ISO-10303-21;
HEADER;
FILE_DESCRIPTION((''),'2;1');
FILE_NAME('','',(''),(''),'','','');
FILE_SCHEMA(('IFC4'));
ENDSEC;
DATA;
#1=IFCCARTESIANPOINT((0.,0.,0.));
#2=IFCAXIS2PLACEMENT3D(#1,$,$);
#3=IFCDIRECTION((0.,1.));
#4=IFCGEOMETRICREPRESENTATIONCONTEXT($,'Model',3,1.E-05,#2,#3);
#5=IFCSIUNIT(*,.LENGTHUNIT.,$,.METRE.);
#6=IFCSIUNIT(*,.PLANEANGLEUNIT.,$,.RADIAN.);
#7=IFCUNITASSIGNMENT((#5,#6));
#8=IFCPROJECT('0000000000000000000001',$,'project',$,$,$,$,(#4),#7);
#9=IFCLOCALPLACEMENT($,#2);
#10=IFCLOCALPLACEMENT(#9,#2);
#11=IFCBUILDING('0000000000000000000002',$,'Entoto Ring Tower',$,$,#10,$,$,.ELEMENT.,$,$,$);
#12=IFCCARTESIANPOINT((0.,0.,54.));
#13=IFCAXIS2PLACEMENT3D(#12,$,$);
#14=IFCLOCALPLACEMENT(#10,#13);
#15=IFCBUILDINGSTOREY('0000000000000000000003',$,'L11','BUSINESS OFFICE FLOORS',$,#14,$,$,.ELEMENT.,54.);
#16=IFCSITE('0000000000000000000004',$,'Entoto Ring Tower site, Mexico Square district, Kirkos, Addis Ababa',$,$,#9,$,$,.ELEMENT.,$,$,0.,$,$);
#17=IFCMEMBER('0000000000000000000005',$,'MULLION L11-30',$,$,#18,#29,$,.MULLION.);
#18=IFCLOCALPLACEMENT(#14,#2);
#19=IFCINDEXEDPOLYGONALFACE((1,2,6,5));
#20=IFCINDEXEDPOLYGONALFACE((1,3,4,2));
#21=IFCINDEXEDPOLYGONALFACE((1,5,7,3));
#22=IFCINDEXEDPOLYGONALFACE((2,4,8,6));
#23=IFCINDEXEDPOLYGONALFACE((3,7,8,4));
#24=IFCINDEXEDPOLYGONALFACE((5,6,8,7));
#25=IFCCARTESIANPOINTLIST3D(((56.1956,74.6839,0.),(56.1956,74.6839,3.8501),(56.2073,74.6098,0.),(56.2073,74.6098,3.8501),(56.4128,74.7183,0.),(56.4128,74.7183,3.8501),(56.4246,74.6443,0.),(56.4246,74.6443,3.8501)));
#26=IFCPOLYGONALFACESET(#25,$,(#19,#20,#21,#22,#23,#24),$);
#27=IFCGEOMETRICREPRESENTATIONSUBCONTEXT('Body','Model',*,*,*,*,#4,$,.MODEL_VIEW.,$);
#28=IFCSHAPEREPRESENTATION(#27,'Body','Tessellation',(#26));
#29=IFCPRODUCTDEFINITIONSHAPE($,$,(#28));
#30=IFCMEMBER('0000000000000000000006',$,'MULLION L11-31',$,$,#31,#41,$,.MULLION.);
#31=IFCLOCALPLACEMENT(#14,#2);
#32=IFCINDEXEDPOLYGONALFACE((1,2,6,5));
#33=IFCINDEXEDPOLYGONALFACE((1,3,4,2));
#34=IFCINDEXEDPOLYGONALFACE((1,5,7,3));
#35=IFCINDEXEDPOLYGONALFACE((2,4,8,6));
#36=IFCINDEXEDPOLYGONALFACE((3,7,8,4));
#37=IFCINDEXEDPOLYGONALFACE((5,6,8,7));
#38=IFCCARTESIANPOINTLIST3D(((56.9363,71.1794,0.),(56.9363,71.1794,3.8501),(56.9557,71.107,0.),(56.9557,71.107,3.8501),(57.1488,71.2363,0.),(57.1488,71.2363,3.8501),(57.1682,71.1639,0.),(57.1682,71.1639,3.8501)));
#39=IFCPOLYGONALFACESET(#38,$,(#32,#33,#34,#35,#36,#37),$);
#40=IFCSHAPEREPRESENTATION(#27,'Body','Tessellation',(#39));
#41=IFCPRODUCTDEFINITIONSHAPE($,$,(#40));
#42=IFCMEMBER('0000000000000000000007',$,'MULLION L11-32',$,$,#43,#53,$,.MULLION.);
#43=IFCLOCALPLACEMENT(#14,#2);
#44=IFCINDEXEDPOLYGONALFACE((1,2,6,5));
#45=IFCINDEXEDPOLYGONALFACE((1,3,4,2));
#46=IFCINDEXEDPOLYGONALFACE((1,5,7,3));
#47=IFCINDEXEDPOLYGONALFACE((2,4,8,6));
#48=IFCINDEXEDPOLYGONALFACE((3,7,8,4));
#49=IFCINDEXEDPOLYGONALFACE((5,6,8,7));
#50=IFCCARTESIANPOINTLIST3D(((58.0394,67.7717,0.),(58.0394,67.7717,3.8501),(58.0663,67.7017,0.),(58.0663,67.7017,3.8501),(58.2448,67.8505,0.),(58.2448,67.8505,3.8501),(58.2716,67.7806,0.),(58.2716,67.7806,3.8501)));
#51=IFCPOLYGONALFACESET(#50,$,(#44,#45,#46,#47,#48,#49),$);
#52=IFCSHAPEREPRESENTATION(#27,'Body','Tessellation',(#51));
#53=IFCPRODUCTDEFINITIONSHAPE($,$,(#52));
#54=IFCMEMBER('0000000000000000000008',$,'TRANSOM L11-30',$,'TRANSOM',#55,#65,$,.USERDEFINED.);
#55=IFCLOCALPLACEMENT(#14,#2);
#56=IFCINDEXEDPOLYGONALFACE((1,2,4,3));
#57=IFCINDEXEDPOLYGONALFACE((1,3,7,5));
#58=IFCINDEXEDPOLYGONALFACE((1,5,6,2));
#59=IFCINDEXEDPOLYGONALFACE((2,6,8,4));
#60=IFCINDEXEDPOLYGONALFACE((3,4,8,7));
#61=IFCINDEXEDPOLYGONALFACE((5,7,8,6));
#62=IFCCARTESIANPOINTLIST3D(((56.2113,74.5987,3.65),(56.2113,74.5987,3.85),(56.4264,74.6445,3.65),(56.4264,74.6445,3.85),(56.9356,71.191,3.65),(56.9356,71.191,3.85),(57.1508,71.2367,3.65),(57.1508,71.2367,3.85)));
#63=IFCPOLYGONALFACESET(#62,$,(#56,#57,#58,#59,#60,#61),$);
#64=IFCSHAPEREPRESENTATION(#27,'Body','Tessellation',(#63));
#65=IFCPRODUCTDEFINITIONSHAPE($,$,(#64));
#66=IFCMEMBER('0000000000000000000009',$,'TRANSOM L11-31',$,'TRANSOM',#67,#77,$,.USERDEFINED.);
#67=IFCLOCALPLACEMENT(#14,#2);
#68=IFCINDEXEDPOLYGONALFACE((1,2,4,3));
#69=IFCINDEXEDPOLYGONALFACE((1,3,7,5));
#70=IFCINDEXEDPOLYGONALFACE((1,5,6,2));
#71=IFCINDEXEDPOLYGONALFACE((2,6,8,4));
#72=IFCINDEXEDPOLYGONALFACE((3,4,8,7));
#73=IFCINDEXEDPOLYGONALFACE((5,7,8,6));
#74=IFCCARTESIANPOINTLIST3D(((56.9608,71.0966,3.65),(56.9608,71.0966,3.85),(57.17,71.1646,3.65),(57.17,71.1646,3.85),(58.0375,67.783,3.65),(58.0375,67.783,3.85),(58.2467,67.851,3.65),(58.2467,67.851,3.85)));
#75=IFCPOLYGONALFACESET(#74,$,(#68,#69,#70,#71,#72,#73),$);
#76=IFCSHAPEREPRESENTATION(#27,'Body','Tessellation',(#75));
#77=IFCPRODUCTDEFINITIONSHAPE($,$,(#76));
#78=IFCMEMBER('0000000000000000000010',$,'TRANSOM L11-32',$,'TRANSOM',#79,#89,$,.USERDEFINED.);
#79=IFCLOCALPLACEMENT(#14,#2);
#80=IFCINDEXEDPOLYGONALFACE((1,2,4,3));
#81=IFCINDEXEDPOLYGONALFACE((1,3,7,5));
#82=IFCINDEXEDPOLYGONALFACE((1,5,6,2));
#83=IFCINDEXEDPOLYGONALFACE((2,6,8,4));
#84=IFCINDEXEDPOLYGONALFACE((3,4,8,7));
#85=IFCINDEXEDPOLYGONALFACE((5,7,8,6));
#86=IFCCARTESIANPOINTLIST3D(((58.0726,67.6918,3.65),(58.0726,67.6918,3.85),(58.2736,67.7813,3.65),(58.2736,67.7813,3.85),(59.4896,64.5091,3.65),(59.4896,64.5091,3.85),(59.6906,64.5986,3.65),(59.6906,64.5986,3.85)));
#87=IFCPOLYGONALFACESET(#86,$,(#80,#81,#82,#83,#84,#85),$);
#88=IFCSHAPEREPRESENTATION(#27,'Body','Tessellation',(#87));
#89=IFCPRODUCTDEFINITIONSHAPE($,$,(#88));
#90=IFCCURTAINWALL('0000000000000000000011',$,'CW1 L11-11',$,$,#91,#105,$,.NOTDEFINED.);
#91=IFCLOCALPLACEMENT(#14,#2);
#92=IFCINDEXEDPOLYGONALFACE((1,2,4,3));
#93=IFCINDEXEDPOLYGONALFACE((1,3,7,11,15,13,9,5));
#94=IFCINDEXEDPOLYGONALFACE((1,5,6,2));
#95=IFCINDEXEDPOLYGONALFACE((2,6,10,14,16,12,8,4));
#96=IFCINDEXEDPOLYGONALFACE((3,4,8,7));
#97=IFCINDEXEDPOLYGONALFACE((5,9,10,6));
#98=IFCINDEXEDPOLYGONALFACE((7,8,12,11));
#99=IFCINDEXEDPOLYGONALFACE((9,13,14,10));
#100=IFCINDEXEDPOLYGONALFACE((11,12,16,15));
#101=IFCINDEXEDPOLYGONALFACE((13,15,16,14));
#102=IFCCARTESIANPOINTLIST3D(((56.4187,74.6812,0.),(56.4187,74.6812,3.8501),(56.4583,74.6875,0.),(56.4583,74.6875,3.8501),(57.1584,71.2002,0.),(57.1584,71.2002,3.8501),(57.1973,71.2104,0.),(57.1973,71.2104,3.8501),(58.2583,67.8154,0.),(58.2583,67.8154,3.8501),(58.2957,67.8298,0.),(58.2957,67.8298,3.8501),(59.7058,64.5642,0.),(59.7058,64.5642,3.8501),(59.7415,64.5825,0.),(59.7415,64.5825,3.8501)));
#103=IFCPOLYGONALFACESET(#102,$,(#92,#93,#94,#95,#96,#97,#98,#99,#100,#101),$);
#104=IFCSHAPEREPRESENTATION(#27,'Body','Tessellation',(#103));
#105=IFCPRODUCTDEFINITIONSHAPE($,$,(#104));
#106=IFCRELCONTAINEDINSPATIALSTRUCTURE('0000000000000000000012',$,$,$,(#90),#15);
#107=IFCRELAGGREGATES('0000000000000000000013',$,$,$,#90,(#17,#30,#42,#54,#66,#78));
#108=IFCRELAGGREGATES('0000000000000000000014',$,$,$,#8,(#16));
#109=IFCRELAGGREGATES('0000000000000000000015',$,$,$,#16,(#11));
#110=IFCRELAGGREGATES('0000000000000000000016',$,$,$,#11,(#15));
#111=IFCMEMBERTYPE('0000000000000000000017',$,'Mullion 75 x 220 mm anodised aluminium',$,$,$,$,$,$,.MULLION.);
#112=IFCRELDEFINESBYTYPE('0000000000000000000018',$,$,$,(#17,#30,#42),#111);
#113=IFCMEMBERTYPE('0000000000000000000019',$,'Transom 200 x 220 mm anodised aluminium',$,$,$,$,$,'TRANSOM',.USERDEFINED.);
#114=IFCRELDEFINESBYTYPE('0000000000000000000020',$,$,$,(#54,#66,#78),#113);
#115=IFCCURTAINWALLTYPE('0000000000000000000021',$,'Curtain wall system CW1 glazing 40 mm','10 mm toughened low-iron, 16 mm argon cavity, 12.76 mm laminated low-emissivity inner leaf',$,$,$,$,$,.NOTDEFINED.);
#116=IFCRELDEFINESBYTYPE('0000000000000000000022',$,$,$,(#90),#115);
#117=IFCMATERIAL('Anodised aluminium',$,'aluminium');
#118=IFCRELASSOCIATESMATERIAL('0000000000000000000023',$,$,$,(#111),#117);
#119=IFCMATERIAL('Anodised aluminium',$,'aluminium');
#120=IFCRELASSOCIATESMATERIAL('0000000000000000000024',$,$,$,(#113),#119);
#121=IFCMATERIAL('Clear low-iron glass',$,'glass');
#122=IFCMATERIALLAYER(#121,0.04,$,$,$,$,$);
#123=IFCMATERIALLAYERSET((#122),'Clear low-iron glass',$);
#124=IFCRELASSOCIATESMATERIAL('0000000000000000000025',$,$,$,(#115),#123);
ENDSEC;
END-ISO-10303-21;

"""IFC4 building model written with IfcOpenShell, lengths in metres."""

from ifc_helpers import new_model, si_unit, direction, frame, origin, origin_2d, place, context, subcontext, project, spatial, polyline, rectangle, outline, extrude, material, layer, layer_set, material_profile, profile_set, type_object, element, aggregate, save


model = new_model("IFC4")

# Units and contexts
model_context = context("Model", 3, precision=1e-05, world=origin(), true_north=direction((0.0, 1.0)))
body_context = subcontext(model_context, "Body", "Model", "MODEL_VIEW")
ifc_project = project(units=[si_unit("LENGTHUNIT", "METRE"), si_unit("PLANEANGLEUNIT", "RADIAN")], contexts=[model_context])

# Members
ifc_material_1 = material(Name="Anodised aluminium", Category="aluminium")
ifc_material_profile_1 = material_profile(ifc_material_1, rectangle(XDim=0.075, YDim=0.22, at=origin_2d()), Name="Mullion 75 x 220 mm anodised aluminium")
ifc_profile_set_1 = profile_set([ifc_material_profile_1], Name="Anodised aluminium")
member_type_1 = type_object("IfcMemberType", Name="Mullion 75 x 220 mm anodised aluminium", PredefinedType="MULLION", material=ifc_profile_set_1)
site_placement = place(None, origin())
building_placement = place(site_placement, origin())
storey_placement = place(building_placement, frame((0.0, 0.0, 54.0)))
member_1_placement = place(storey_placement, frame((56.3101, 74.6641, 0.0), z_axis=(0.0, 0.0, 1.0), x_axis=(0.156434, -0.987688, 0.0)))
member_1 = element("IfcMember", 1, at=member_1_placement, type_object=member_type_1, Name="MULLION L11-30", PredefinedType="MULLION", context=body_context, shape_type="SweptSolid", body=[
    extrude(rectangle(XDim=0.075, YDim=0.22, at=origin_2d()), origin(), (0.0, 0.0, 1.0), 3.8501),
])
member_2_placement = place(storey_placement, frame((57.0522, 71.1716, 0.0), z_axis=(0.0, 0.0, 1.0), x_axis=(0.258819, -0.965926, 0.0)))
member_2 = element("IfcMember", 2, at=member_2_placement, type_object=member_type_1, Name="MULLION L11-31", PredefinedType="MULLION", context=body_context, shape_type="SweptSolid", body=[
    extrude(rectangle(XDim=0.075, YDim=0.22, at=origin_2d()), origin(), (0.0, 0.0, 1.0), 3.8501),
])
member_3_placement = place(storey_placement, frame((58.1555, 67.7761, 0.0), z_axis=(0.0, 0.0, 1.0), x_axis=(0.358368, -0.93358, 0.0)))
member_3 = element("IfcMember", 3, at=member_3_placement, type_object=member_type_1, Name="MULLION L11-32", PredefinedType="MULLION", context=body_context, shape_type="SweptSolid", body=[
    extrude(rectangle(XDim=0.075, YDim=0.22, at=origin_2d()), origin(), (0.0, 0.0, 1.0), 3.8501),
])
ifc_material_2 = material(Name="Anodised aluminium", Category="aluminium")
ifc_material_profile_2 = material_profile(ifc_material_2, rectangle(XDim=0.22, YDim=0.2, at=origin_2d()), Name="Transom 200 x 220 mm anodised aluminium")
ifc_profile_set_2 = profile_set([ifc_material_profile_2], Name="Anodised aluminium")
member_type_2 = type_object("IfcMemberType", Name="Transom 200 x 220 mm anodised aluminium", ElementType="TRANSOM", PredefinedType="USERDEFINED", material=ifc_profile_set_2)
member_4_placement = place(storey_placement, frame((56.3188, 74.6216, 3.75), z_axis=(0.207921, -0.978146, 0.0), x_axis=(0.978146, 0.207921, 0.0)))
member_4 = element("IfcMember", 4, at=member_4_placement, type_object=member_type_2, Name="TRANSOM L11-30", ObjectType="TRANSOM", PredefinedType="USERDEFINED", context=body_context, shape_type="SweptSolid", body=[
    extrude(rectangle(XDim=0.22, YDim=0.2, at=origin_2d()), origin(), (0.0, 0.0, 1.0), 3.4839),
])
member_5_placement = place(storey_placement, frame((57.0654, 71.1306, 3.75), z_axis=(0.309029, -0.951053, 0.0), x_axis=(0.951053, 0.309029, 0.0)))
member_5 = element("IfcMember", 5, at=member_5_placement, type_object=member_type_2, Name="TRANSOM L11-31", ObjectType="TRANSOM", PredefinedType="USERDEFINED", context=body_context, shape_type="SweptSolid", body=[
    extrude(rectangle(XDim=0.22, YDim=0.2, at=origin_2d()), origin(), (0.0, 0.0, 1.0), 3.4841),
])
member_6_placement = place(storey_placement, frame((58.1731, 67.7366, 3.75), z_axis=(0.406737, -0.913545, 0.0), x_axis=(0.913545, 0.406737, 0.0)))
member_6 = element("IfcMember", 6, at=member_6_placement, type_object=member_type_2, Name="TRANSOM L11-32", ObjectType="TRANSOM", PredefinedType="USERDEFINED", context=body_context, shape_type="SweptSolid", body=[
    extrude(rectangle(XDim=0.22, YDim=0.2, at=origin_2d()), origin(), (0.0, 0.0, 1.0), 3.4839),
])

# Site, building, storey
site = spatial("IfcSite", under=ifc_project, at=site_placement, Name="Entoto Ring Tower site, Mexico Square district, Kirkos, Addis Ababa", CompositionType="ELEMENT", RefElevation=0.0)
building = spatial("IfcBuilding", under=site, at=building_placement, Name="Entoto Ring Tower", CompositionType="ELEMENT")
storey = spatial("IfcBuildingStorey", under=building, at=storey_placement, Name="L11", Description="BUSINESS OFFICE FLOORS", CompositionType="ELEMENT", Elevation=54.0)

# Curtain wall
ifc_material_3 = material(Name="Clear low-iron glass", Category="glass")
ifc_layer = layer(ifc_material_3, 0.04)
ifc_layer_set = layer_set([ifc_layer], Name="Clear low-iron glass")
curtain_wall_type = type_object("IfcCurtainWallType", Name="Curtain wall system CW1 glazing 40 mm", Description="10 mm toughened low-iron, 16 mm argon cavity, 12.76 mm laminated low-emissivity inner leaf", PredefinedType="NOTDEFINED", material=ifc_layer_set)
curtain_wall_1_placement = place(storey_placement, origin())
curtain_wall_1 = element("IfcCurtainWall", 7, at=curtain_wall_1_placement, inside=storey, type_object=curtain_wall_type, Name="CW1 L11-11", PredefinedType="NOTDEFINED", context=body_context, shape_type="SweptSolid", body=[
    extrude(outline(polyline([(56.4187, 74.6812), (57.1584, 71.2002), (58.2583, 67.8154), (59.7058, 64.5642), (59.7415, 64.5825), (58.2957, 67.8298), (57.1973, 71.2104), (56.4583, 74.6875), (56.4187, 74.6812)])), origin(), (0.0, 0.0, 1.0), 3.8501),
])
aggregate(curtain_wall_1, [member_1, member_2, member_3, member_4, member_5, member_6])

save(model, "model.ifc")
